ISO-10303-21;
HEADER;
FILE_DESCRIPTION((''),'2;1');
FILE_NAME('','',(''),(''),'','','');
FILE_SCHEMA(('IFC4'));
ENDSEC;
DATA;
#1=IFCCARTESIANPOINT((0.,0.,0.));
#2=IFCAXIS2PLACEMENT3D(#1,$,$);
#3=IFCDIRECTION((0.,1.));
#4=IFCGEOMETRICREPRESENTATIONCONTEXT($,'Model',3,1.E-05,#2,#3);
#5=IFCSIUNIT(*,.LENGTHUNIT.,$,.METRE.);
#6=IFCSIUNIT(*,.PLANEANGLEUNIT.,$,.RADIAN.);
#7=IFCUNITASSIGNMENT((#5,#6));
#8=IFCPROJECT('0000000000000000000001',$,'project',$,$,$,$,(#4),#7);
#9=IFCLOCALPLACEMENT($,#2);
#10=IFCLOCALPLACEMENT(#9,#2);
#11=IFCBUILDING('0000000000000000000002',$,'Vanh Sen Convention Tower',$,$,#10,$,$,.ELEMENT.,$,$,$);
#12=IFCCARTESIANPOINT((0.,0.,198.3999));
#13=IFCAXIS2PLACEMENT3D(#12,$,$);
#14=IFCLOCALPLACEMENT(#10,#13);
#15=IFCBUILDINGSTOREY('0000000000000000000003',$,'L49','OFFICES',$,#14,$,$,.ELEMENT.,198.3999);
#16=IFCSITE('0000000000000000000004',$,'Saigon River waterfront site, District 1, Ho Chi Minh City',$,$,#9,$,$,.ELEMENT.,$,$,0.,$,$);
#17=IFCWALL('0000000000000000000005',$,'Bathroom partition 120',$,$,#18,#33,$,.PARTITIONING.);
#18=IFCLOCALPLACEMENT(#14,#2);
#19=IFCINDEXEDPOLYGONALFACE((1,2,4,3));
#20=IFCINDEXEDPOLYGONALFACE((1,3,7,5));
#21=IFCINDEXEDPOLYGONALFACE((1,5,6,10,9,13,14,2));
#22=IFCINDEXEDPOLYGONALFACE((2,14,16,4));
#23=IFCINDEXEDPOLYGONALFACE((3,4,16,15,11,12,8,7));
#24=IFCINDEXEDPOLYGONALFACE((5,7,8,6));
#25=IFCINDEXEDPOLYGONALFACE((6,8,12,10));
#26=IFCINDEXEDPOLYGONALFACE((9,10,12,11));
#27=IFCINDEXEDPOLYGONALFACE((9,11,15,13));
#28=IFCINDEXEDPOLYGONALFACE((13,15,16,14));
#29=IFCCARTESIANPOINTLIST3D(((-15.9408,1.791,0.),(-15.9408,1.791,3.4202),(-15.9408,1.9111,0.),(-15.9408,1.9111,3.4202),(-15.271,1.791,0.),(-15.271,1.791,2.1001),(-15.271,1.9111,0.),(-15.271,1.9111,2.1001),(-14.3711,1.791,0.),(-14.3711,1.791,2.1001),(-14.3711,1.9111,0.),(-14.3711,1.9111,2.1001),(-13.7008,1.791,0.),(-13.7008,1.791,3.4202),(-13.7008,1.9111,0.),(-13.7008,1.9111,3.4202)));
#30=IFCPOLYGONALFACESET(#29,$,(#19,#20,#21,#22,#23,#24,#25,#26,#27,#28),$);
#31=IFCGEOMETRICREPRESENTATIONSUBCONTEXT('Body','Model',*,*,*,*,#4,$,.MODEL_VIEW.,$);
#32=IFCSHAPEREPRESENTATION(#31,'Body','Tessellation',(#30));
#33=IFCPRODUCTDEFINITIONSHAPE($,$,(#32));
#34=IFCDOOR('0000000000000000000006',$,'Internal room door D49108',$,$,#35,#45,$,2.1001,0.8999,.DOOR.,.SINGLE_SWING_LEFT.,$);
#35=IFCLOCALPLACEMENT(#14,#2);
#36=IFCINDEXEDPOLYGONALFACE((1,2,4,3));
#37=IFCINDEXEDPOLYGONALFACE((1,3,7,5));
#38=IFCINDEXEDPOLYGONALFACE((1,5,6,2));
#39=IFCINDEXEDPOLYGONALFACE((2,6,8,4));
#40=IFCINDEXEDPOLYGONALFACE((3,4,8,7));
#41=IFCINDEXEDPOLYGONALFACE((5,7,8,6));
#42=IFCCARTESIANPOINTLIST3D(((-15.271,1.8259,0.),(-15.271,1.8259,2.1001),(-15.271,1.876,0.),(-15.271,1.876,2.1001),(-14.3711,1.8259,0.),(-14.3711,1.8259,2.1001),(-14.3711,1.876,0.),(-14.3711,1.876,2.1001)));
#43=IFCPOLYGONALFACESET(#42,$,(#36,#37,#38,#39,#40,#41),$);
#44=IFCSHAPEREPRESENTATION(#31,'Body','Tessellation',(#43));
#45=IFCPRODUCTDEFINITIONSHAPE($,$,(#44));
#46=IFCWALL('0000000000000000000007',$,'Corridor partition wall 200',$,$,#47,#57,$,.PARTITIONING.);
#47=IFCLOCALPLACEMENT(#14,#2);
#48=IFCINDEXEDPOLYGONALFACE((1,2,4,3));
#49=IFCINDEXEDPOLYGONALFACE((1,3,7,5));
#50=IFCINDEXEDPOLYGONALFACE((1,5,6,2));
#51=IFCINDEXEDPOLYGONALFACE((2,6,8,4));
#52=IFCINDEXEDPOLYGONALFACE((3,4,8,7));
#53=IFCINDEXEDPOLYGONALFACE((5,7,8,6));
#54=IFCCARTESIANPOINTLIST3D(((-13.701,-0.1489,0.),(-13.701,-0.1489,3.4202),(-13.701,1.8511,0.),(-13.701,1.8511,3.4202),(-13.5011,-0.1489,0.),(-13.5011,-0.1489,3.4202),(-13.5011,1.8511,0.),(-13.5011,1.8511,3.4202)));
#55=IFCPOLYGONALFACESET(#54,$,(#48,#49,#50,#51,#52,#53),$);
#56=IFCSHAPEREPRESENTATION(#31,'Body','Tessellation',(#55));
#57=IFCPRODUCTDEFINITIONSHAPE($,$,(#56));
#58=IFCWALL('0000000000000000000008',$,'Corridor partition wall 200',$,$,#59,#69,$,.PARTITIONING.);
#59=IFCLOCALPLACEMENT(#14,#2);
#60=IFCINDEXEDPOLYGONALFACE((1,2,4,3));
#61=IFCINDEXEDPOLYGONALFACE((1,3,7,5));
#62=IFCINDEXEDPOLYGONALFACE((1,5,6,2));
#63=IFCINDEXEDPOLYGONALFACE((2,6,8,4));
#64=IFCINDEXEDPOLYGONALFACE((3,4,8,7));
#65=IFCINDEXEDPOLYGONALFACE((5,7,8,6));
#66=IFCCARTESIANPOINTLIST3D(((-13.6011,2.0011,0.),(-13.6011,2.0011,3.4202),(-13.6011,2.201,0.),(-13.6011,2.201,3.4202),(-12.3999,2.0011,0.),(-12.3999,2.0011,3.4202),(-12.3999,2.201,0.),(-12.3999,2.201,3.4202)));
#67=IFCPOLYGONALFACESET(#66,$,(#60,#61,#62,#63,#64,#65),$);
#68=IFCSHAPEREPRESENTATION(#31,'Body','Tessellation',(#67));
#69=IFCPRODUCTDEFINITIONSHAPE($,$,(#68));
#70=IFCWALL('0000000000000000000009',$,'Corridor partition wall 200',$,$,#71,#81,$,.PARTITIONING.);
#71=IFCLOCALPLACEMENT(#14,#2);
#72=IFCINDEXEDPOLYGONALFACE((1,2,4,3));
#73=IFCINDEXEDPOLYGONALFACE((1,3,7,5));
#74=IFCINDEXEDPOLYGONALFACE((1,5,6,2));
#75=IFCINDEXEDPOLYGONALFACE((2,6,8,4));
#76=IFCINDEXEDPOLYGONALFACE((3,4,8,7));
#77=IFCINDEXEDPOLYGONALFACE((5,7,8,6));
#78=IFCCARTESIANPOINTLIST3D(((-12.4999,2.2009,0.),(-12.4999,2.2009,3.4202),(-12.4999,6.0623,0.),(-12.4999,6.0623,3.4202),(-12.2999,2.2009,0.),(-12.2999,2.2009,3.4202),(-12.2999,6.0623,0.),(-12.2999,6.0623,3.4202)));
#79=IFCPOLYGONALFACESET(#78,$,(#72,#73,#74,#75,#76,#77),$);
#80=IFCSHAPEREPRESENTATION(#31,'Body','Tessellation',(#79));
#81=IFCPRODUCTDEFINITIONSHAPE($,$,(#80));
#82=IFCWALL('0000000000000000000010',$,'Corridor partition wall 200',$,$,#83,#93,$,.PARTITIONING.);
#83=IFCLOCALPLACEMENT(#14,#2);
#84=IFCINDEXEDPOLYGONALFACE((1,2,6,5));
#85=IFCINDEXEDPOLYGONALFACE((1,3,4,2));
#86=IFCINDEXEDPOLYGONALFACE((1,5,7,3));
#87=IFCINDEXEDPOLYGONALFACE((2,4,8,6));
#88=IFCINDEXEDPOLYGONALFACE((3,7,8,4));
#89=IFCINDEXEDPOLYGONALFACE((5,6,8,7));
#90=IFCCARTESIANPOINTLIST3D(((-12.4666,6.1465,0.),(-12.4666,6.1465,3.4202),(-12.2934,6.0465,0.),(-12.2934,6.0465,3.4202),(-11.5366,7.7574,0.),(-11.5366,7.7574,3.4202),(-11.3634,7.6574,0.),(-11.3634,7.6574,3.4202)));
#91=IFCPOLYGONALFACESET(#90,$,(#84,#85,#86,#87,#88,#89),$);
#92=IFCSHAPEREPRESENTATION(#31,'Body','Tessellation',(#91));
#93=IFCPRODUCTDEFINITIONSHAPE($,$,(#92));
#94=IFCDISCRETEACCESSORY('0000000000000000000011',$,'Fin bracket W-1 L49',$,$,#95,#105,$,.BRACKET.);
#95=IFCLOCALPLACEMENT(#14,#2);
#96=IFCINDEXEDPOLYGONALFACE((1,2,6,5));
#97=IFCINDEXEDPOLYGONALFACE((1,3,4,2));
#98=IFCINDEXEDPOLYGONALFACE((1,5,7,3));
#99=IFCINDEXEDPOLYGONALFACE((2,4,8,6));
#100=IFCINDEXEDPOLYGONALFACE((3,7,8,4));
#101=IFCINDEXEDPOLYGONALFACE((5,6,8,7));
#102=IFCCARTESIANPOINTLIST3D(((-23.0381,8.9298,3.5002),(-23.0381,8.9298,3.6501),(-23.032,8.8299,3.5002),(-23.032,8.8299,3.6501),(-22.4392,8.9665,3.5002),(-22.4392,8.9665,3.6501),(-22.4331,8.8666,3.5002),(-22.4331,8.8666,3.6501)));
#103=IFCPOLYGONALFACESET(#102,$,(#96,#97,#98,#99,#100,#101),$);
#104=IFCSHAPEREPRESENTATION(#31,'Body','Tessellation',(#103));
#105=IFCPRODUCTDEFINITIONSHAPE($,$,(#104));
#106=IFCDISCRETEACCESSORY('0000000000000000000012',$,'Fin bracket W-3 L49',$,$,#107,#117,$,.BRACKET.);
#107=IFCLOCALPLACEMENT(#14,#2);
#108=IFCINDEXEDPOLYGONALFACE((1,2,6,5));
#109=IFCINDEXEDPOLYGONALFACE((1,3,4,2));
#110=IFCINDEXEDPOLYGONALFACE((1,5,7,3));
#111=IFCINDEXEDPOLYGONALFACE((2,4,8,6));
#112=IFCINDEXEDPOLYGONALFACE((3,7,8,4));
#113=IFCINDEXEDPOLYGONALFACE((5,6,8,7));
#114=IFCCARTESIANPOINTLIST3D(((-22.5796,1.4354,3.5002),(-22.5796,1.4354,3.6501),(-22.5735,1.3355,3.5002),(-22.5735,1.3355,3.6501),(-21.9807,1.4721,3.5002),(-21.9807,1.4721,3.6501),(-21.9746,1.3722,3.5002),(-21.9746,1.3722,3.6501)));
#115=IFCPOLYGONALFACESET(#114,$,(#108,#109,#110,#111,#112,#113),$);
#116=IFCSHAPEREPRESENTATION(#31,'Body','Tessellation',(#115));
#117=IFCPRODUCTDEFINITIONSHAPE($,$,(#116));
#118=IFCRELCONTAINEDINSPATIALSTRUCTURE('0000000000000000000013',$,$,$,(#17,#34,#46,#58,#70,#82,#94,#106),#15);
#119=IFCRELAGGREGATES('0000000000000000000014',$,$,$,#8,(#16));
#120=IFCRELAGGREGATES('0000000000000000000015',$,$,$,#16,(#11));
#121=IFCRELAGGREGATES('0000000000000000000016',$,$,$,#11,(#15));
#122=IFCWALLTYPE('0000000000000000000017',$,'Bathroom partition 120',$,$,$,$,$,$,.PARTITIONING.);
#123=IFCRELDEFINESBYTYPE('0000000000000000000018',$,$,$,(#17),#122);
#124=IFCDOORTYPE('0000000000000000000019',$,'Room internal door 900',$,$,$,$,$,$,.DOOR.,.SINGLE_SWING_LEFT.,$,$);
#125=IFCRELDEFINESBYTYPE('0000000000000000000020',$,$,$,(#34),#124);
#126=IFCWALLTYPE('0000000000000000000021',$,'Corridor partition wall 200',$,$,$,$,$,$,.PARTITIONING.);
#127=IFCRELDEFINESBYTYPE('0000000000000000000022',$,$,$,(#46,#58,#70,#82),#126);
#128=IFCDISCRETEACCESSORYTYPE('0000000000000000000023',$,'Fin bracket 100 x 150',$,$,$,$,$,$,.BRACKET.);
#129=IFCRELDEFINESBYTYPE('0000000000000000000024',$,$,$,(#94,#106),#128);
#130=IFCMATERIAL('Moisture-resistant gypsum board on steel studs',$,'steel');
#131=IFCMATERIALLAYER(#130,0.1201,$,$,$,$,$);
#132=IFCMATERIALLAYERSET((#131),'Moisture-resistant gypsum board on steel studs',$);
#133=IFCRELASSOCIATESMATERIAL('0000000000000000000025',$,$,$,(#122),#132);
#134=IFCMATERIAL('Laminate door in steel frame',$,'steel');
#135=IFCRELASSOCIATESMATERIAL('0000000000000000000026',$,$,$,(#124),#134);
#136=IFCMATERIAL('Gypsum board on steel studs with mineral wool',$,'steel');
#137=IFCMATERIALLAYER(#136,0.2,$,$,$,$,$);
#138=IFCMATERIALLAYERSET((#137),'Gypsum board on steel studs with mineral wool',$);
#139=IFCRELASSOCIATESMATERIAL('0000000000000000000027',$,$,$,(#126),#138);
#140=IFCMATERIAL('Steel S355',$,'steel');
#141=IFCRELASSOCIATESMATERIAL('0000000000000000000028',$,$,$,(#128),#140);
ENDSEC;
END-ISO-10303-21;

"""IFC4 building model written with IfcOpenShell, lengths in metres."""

from ifc_helpers import new_model, si_unit, direction, frame, frame_2d, origin, origin_2d, place, context, subcontext, project, spatial, rectangle, extrude, material, layer, layer_set, type_object, element, fill, save


model = new_model("IFC4")

# Units and contexts
model_context = context("Model", 3, precision=1e-05, world=origin(), true_north=direction((0.0, 1.0)))
body_context = subcontext(model_context, "Body", "Model", "MODEL_VIEW")
ifc_project = project(units=[si_unit("LENGTHUNIT", "METRE"), si_unit("PLANEANGLEUNIT", "RADIAN")], contexts=[model_context])

# Site, building, storey
site_placement = place(None, origin())
site = spatial("IfcSite", under=ifc_project, at=site_placement, Name="Saigon River waterfront site, District 1, Ho Chi Minh City", CompositionType="ELEMENT", RefElevation=0.0)
building_placement = place(site_placement, origin())
building = spatial("IfcBuilding", under=site, at=building_placement, Name="Vanh Sen Convention Tower", CompositionType="ELEMENT")
storey_placement = place(building_placement, frame((0.0, 0.0, 198.3999)))
storey = spatial("IfcBuildingStorey", under=building, at=storey_placement, Name="L49", Description="OFFICES", CompositionType="ELEMENT", Elevation=198.3999)

# Wall, opening, door
ifc_material_1 = material(Name="Moisture-resistant gypsum board on steel studs", Category="steel")
ifc_layer_1 = layer(ifc_material_1, 0.1201)
ifc_layer_set_1 = layer_set([ifc_layer_1], Name="Moisture-resistant gypsum board on steel studs")
wall_type_1 = type_object("IfcWallType", Name="Bathroom partition 120", PredefinedType="PARTITIONING", material=ifc_layer_set_1)
wall_1_placement = place(storey_placement, frame((-15.9409, 1.8511, 0.0), z_axis=(0.0, 0.0, 1.0), x_axis=(1.0, 0.0, 0.0)))
wall_1 = element("IfcWall", 1, at=wall_1_placement, inside=storey, type_object=wall_type_1, Name="Bathroom partition 120", PredefinedType="PARTITIONING", context=body_context, shape_type="SweptSolid", body=[
    extrude(rectangle(XDim=2.24, YDim=0.1201, at=frame_2d((1.1201, 0.0))), origin(), (0.0, 0.0, 1.0), 3.4202),
])
opening_placement = place(wall_1_placement, frame((0.6699, 0.0, 0.0)))
opening = element("IfcOpeningElement", 2, at=opening_placement, cuts=wall_1, PredefinedType="OPENING", context=body_context, shape_type="SweptSolid", body=[
    extrude(rectangle(XDim=0.8999, YDim=2.1001, at=frame_2d((0.45, 1.05))), frame((0.0, 0.0701, 0.0), z_axis=(0.0, -1.0, 0.0), x_axis=(1.0, 0.0, 0.0)), (0.0, 0.0, 1.0), 0.1401),
])
ifc_material_2 = material(Name="Laminate door in steel frame", Category="steel")
door_type = type_object("IfcDoorType", Name="Room internal door 900", OperationType="SINGLE_SWING_LEFT", PredefinedType="DOOR", material=ifc_material_2)
door_placement = place(opening_placement, origin())
door = element("IfcDoor", 3, at=door_placement, inside=storey, type_object=door_type, Name="Internal room door D49108", OperationType="SINGLE_SWING_LEFT", OverallHeight=2.1001, OverallWidth=0.8999, PredefinedType="DOOR", context=body_context, shape_type="SweptSolid", body=[
    extrude(rectangle(XDim=0.8999, YDim=2.1001, at=frame_2d((0.45, 1.05))), frame((0.0, 0.0249, 0.0), z_axis=(0.0, -1.0, 0.0), x_axis=(1.0, 0.0, 0.0)), (0.0, 0.0, 1.0), 0.05),
])
fill(opening, door)

# Walls
ifc_material_3 = material(Name="Gypsum board on steel studs with mineral wool", Category="steel")
ifc_layer_2 = layer(ifc_material_3, 0.2)
ifc_layer_set_2 = layer_set([ifc_layer_2], Name="Gypsum board on steel studs with mineral wool")
wall_type_2 = type_object("IfcWallType", Name="Corridor partition wall 200", PredefinedType="PARTITIONING", material=ifc_layer_set_2)
wall_2_placement = place(storey_placement, frame((-13.6011, 1.8511, 0.0), z_axis=(0.0, 0.0, 1.0), x_axis=(0.0, -1.0, 0.0)))
element("IfcWall", 4, at=wall_2_placement, inside=storey, type_object=wall_type_2, Name="Corridor partition wall 200", PredefinedType="PARTITIONING", context=body_context, shape_type="SweptSolid", body=[
    extrude(rectangle(XDim=2.0, YDim=0.2, at=frame_2d((1.0, 0.0))), origin(), (0.0, 0.0, 1.0), 3.4202),
])
wall_3_placement = place(storey_placement, frame((-12.3999, 2.1011, 0.0), z_axis=(0.0, 0.0, 1.0), x_axis=(-1.0, 0.0, 0.0)))
element("IfcWall", 5, at=wall_3_placement, inside=storey, type_object=wall_type_2, Name="Corridor partition wall 200", PredefinedType="PARTITIONING", context=body_context, shape_type="SweptSolid", body=[
    extrude(rectangle(XDim=1.2012, YDim=0.2, at=frame_2d((0.6006, 0.0))), origin(), (0.0, 0.0, 1.0), 3.4202),
])
wall_4_placement = place(storey_placement, frame((-12.3999, 6.0623, 0.0), z_axis=(0.0, 0.0, 1.0), x_axis=(0.0, -1.0, 0.0)))
element("IfcWall", 6, at=wall_4_placement, inside=storey, type_object=wall_type_2, Name="Corridor partition wall 200", PredefinedType="PARTITIONING", context=body_context, shape_type="SweptSolid", body=[
    extrude(rectangle(XDim=3.8613, YDim=0.2, at=frame_2d((1.9307, 0.0))), origin(), (0.0, 0.0, 1.0), 3.4202),
])
wall_5_placement = place(storey_placement, frame((-11.45, 7.7075, 0.0), z_axis=(0.0, 0.0, 1.0), x_axis=(-0.499965, -0.866046, 0.0)))
element("IfcWall", 7, at=wall_5_placement, inside=storey, type_object=wall_type_2, Name="Corridor partition wall 200", PredefinedType="PARTITIONING", context=body_context, shape_type="SweptSolid", body=[
    extrude(rectangle(XDim=1.8601, YDim=0.2, at=frame_2d((0.9302, 0.0))), origin(), (0.0, 0.0, 1.0), 3.4202),
])

# Discrete accessories
ifc_material_4 = material(Name="Steel S355", Category="steel")
discrete_accessory_type = type_object("IfcDiscreteAccessoryType", Name="Fin bracket 100 x 150", PredefinedType="BRACKET", material=ifc_material_4)
for number, where, z_axis, x_axis, name in (
    (8, (-22.7356, 8.8982, 3.5002), (0.0, 0.0, 1.0), (-0.998135, -0.061049, 0.0), "Fin bracket W-1 L49"),
    (9, (-22.2771, 1.4038, 3.5002), (0.0, 0.0, 1.0), (-0.998135, -0.061049, 0.0), "Fin bracket W-3 L49"),
):
    element("IfcDiscreteAccessory", number, at=place(storey_placement, frame(where, z_axis=z_axis, x_axis=x_axis)), inside=storey, type_object=discrete_accessory_type, Name=name, PredefinedType="BRACKET", context=body_context, shape_type="SweptSolid", body=[
        extrude(rectangle(XDim=0.6001, YDim=0.1001, at=origin_2d()), origin(), (0.0, 0.0, 1.0), 0.1499),
    ])

save(model, "model.ifc")
